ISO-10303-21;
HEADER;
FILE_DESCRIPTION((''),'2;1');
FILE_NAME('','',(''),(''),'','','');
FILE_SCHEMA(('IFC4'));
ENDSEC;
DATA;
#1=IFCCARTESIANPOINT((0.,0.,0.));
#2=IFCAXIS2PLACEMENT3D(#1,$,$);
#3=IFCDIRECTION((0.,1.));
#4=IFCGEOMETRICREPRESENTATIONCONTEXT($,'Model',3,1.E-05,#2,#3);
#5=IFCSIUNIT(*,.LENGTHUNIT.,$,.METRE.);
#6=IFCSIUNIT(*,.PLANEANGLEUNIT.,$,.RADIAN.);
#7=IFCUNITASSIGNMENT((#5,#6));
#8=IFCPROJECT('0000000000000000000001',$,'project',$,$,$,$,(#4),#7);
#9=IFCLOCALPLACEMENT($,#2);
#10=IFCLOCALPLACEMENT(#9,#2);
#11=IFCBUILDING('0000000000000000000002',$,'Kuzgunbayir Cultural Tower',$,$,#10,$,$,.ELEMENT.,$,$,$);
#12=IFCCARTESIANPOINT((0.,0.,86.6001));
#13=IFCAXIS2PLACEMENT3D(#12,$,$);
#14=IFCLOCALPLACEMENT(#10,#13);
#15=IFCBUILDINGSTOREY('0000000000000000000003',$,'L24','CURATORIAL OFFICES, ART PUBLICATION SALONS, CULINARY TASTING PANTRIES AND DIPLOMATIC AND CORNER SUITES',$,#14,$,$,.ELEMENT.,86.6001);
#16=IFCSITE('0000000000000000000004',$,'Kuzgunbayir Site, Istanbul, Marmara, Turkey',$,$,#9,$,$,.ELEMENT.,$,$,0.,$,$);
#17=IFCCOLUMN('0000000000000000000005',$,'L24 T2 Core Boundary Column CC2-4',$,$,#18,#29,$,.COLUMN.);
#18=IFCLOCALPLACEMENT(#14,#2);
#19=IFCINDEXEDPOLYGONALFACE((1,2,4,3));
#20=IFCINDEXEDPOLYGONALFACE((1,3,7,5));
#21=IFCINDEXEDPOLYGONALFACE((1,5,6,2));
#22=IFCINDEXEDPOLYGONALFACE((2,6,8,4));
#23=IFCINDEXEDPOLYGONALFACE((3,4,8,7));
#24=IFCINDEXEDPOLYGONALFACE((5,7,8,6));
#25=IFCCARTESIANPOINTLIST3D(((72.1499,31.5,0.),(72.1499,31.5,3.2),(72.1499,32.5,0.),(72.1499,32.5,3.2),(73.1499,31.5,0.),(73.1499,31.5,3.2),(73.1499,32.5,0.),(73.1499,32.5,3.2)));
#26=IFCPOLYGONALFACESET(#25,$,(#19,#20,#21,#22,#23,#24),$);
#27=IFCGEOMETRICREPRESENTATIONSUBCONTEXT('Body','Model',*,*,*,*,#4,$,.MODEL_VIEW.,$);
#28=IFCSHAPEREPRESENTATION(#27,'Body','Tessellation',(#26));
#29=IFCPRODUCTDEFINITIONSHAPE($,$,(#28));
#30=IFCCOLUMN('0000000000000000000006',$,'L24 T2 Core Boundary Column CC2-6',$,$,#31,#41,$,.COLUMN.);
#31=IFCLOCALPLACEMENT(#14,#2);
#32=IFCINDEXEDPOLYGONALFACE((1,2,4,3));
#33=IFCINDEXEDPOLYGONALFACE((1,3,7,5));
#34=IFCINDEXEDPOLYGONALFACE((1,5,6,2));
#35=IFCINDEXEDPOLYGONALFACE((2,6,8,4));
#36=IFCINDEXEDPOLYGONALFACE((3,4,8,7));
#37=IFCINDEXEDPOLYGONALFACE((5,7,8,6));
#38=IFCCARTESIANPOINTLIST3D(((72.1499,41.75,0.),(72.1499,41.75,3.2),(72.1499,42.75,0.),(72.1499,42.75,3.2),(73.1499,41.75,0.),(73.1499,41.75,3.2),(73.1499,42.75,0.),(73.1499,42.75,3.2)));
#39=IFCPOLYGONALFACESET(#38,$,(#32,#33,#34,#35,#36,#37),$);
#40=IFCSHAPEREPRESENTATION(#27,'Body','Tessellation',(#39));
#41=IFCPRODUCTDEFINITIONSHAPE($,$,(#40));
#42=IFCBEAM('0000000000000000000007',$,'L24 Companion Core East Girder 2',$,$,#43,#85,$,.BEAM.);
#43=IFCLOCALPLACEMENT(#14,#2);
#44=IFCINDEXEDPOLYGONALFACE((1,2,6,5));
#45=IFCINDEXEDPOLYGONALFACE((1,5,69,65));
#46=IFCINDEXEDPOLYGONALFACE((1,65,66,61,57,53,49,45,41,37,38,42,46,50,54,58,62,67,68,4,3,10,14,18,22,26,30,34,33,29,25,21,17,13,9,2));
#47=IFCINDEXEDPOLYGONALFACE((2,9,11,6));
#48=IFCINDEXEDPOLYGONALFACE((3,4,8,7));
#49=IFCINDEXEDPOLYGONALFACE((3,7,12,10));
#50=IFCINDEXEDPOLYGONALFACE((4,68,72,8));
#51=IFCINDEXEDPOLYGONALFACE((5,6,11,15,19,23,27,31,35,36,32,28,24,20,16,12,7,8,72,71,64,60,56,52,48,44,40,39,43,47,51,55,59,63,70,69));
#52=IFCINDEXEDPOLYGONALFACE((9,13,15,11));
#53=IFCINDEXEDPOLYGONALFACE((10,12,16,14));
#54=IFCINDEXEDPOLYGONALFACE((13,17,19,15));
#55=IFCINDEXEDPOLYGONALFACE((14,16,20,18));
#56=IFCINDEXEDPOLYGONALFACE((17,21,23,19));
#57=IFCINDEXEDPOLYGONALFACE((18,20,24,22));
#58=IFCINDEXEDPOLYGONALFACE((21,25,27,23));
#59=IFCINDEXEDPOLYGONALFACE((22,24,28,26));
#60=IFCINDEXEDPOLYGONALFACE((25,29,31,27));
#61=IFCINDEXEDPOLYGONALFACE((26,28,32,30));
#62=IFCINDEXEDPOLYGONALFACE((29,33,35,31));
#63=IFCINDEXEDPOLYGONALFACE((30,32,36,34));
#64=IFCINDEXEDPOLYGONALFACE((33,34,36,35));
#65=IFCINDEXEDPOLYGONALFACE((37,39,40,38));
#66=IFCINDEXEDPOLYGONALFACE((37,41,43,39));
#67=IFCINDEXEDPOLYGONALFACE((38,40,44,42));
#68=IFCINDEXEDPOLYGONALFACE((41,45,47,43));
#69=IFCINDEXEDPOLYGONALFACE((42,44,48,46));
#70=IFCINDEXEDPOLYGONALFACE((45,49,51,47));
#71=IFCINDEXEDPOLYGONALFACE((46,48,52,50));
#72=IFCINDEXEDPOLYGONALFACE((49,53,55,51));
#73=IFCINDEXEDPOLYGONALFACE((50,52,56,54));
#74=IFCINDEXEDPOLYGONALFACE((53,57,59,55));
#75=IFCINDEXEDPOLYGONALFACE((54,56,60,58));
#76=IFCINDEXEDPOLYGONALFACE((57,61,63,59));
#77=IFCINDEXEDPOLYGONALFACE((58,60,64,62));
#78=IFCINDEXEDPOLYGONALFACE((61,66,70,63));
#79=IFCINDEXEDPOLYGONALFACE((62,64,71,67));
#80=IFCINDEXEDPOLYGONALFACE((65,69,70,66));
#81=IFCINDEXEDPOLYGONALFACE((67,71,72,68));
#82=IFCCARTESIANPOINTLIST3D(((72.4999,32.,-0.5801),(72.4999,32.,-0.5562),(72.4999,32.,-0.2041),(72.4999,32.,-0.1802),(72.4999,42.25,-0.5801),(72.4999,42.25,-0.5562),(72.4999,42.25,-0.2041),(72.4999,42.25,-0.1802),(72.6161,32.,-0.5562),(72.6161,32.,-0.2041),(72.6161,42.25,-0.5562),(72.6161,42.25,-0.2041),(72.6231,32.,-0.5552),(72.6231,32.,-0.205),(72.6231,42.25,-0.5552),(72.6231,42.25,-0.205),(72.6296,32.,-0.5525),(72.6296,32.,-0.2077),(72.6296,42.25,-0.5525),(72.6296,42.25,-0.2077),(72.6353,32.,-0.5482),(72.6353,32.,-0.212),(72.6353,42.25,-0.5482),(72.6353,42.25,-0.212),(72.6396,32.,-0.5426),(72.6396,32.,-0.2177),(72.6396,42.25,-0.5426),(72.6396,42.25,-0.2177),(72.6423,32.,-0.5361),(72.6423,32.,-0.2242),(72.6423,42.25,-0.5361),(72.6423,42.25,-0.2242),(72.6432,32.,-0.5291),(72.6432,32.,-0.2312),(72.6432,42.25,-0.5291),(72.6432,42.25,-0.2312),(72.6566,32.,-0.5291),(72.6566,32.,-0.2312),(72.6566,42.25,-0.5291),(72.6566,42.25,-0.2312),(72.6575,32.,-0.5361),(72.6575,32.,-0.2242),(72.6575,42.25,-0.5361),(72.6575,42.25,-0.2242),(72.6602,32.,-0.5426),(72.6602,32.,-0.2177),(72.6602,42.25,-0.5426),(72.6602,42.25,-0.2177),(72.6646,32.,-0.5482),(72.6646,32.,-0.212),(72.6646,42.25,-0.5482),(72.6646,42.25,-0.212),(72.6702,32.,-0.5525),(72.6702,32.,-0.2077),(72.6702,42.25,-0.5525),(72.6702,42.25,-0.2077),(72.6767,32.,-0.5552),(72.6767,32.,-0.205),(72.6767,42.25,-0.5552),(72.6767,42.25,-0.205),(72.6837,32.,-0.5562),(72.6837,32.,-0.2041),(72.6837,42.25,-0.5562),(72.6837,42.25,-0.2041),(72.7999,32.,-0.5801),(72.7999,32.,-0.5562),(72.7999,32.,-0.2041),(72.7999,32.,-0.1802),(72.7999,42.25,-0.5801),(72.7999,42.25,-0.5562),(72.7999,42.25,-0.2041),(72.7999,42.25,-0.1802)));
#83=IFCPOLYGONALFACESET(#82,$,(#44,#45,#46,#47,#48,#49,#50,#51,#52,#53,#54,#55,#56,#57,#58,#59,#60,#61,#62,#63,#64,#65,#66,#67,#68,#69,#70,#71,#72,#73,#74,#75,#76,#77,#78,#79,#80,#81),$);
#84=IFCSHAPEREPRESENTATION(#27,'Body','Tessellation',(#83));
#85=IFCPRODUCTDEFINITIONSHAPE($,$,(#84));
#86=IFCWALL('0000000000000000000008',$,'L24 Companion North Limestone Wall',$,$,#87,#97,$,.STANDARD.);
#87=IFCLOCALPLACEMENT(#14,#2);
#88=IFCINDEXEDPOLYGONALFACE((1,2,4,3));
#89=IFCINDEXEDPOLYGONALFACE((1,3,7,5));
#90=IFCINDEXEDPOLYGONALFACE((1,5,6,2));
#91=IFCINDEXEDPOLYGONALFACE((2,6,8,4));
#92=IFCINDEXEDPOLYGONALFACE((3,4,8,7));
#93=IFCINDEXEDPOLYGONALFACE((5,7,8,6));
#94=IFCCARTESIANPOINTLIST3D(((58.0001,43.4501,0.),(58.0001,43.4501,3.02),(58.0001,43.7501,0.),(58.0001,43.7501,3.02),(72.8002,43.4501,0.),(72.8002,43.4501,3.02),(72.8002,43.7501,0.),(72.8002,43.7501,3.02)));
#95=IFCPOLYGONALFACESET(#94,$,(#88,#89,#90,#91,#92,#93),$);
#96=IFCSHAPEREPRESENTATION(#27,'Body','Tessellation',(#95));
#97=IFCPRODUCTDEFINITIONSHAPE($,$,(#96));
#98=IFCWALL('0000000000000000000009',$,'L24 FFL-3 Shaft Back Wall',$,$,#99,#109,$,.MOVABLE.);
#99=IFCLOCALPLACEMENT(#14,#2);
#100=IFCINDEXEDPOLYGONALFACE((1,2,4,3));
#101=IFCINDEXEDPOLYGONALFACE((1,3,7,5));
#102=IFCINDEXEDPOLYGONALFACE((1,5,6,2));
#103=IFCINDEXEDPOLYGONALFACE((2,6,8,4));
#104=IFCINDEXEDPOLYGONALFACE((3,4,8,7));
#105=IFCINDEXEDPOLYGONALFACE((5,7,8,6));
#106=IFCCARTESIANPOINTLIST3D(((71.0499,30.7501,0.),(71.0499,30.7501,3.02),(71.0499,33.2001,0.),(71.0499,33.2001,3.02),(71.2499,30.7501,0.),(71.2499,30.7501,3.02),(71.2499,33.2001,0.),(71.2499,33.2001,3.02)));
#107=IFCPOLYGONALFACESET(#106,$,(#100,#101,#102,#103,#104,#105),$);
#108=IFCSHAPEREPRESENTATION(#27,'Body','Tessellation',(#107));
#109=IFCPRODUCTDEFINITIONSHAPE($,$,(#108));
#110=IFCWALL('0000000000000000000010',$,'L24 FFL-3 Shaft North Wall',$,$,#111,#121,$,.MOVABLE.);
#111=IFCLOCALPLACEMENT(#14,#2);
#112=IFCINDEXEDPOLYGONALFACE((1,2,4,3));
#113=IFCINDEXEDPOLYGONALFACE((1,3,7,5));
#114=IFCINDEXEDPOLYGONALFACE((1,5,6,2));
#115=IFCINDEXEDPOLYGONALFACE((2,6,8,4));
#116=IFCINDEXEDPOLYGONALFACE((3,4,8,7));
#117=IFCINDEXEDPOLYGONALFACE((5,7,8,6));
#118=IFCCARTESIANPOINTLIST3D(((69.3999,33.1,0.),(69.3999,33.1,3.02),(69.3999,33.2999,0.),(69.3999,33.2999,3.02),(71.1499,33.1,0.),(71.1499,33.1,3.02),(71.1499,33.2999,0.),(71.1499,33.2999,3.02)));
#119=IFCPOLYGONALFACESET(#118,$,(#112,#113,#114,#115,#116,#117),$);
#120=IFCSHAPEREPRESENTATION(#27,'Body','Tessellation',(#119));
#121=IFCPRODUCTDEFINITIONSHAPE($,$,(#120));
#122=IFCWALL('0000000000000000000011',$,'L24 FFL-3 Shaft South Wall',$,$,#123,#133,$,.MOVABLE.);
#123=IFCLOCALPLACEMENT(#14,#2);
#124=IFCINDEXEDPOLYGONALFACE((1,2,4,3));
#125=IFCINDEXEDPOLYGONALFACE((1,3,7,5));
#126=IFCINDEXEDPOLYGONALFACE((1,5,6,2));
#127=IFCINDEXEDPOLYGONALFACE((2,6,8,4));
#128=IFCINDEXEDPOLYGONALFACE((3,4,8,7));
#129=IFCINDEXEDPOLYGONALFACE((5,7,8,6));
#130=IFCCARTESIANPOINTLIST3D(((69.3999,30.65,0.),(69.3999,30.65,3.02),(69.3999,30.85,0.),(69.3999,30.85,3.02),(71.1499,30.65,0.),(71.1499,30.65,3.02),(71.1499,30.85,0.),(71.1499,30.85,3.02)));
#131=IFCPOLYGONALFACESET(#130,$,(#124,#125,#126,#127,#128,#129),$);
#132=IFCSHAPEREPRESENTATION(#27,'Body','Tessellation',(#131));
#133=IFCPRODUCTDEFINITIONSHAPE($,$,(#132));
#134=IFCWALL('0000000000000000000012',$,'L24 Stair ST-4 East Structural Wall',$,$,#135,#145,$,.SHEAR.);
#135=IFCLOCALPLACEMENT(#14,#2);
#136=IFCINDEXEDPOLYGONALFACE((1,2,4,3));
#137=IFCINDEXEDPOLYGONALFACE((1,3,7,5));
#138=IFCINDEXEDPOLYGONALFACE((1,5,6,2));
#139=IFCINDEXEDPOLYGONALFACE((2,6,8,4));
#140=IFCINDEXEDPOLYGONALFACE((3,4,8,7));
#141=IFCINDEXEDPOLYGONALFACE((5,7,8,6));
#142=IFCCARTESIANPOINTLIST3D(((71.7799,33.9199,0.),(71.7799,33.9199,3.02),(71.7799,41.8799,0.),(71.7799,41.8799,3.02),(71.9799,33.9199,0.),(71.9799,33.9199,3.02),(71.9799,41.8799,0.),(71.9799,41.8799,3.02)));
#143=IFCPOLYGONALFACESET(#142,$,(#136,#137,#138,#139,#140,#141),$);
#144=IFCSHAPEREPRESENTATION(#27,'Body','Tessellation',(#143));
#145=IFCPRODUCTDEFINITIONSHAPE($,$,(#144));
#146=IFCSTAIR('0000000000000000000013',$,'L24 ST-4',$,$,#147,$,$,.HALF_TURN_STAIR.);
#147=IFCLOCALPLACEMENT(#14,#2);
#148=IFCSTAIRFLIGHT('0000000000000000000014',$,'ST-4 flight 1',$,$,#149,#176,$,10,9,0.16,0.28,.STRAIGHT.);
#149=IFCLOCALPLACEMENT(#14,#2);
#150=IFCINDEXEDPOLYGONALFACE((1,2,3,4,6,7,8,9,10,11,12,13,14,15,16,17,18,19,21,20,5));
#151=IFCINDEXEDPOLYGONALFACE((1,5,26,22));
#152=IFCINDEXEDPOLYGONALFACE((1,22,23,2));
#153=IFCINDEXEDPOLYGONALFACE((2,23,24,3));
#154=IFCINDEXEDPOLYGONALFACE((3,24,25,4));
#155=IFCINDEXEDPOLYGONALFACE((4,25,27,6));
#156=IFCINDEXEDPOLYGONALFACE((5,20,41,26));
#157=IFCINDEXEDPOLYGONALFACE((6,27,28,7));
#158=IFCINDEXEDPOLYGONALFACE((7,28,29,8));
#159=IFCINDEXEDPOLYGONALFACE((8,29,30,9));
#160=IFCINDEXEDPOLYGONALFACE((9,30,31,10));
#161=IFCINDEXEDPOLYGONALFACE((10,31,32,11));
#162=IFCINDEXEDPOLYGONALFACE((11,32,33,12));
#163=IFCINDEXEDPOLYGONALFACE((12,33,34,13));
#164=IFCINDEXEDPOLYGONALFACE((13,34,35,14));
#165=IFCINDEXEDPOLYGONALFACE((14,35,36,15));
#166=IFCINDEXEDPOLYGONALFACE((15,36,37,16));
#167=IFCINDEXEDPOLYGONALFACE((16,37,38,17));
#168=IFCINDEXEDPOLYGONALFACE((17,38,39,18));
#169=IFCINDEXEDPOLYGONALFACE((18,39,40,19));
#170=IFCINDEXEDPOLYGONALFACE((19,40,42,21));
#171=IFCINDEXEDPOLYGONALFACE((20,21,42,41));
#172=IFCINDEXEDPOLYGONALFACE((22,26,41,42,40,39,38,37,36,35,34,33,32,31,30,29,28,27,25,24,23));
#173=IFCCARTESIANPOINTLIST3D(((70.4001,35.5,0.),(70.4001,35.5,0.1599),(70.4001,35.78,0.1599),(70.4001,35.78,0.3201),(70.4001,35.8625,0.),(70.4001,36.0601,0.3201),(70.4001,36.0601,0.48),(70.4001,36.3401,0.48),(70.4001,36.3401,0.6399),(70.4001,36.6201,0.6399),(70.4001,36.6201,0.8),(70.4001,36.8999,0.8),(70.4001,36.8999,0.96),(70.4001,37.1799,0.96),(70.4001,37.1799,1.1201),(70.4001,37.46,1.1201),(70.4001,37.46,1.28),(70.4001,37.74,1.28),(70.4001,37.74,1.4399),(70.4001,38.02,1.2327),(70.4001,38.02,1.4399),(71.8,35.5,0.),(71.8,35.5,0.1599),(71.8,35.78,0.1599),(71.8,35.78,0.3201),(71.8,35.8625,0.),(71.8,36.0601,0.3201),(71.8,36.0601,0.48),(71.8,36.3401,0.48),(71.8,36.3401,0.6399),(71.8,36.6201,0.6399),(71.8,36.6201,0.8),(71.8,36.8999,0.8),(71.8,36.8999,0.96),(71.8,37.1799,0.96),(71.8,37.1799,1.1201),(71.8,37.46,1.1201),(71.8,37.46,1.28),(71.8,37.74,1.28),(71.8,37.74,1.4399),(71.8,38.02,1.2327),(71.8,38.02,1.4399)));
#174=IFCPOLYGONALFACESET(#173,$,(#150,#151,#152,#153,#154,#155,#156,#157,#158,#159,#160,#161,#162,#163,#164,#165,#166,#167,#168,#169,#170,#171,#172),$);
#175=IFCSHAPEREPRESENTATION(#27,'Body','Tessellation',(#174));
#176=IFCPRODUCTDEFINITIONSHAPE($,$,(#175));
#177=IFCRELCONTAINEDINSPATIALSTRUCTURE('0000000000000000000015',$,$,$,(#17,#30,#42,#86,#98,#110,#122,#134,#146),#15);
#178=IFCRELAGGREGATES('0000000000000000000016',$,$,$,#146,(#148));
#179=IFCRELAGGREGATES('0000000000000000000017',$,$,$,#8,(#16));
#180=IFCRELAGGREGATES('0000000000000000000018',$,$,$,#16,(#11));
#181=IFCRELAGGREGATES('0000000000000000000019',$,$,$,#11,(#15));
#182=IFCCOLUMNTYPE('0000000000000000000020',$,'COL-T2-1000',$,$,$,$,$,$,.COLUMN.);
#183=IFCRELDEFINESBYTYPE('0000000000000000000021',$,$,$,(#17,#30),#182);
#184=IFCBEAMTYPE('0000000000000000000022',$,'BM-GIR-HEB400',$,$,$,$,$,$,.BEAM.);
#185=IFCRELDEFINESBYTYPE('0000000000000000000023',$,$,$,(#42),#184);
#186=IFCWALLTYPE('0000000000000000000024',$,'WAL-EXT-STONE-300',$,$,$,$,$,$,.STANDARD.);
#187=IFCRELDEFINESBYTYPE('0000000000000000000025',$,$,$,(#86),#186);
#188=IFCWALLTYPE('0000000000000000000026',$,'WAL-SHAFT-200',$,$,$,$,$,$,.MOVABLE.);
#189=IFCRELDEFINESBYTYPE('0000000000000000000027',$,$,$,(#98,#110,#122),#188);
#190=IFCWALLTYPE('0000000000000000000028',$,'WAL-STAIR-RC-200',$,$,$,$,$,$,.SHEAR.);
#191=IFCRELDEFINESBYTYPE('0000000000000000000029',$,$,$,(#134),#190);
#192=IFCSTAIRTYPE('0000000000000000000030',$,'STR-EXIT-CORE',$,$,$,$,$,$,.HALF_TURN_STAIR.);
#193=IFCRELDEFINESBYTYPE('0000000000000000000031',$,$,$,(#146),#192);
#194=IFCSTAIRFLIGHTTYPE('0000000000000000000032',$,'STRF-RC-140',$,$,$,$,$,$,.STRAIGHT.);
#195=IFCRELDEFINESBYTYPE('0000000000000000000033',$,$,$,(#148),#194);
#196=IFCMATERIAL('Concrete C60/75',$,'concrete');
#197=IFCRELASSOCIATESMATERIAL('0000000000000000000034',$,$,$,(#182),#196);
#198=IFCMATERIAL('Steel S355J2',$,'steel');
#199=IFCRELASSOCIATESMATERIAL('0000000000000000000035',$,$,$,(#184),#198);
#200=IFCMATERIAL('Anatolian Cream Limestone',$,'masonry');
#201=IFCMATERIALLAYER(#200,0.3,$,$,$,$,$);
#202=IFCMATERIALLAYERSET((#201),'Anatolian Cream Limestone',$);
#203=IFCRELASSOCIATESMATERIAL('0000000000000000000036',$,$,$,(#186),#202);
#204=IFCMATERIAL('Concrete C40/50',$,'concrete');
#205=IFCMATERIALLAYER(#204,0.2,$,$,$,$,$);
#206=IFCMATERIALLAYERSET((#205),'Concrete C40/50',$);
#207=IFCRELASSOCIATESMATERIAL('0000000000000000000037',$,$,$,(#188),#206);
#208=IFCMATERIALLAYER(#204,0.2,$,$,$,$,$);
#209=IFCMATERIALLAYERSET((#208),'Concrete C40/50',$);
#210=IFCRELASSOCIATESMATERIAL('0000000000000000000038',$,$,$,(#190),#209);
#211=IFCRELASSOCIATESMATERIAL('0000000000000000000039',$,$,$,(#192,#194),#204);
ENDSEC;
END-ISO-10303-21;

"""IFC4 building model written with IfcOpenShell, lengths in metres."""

from ifc_helpers import new_model, si_unit, direction, frame, frame_2d, origin, origin_2d, place, context, subcontext, project, spatial, polyline, rectangle, i_section, outline, extrude, material, layer, layer_set, material_profile, profile_set, type_object, element, aggregate, save


model = new_model("IFC4")

# Units and contexts
model_context = context("Model", 3, precision=1e-05, world=origin(), true_north=direction((0.0, 1.0)))
body_context = subcontext(model_context, "Body", "Model", "MODEL_VIEW")
ifc_project = project(units=[si_unit("LENGTHUNIT", "METRE"), si_unit("PLANEANGLEUNIT", "RADIAN")], contexts=[model_context])

# Site, building, storey
site_placement = place(None, origin())
site = spatial("IfcSite", under=ifc_project, at=site_placement, Name="Kuzgunbayir Site, Istanbul, Marmara, Turkey", CompositionType="ELEMENT", RefElevation=0.0)
building_placement = place(site_placement, origin())
building = spatial("IfcBuilding", under=site, at=building_placement, Name="Kuzgunbayir Cultural Tower", CompositionType="ELEMENT")
storey_placement = place(building_placement, frame((0.0, 0.0, 86.6001)))
storey = spatial("IfcBuildingStorey", under=building, at=storey_placement, Name="L24", Description="CURATORIAL OFFICES, ART PUBLICATION SALONS, CULINARY TASTING PANTRIES AND DIPLOMATIC AND CORNER SUITES", CompositionType="ELEMENT", Elevation=86.6001)

# Columns
ifc_material_1 = material(Name="Concrete C60/75", Category="concrete")
ifc_material_profile_1 = material_profile(ifc_material_1, rectangle(XDim=1.0, YDim=1.0, at=origin_2d()), Name="RC 1000x1000")
ifc_profile_set_1 = profile_set([ifc_material_profile_1], Name="Concrete C60/75")
column_type = type_object("IfcColumnType", Name="COL-T2-1000", PredefinedType="COLUMN", material=ifc_profile_set_1)
for number, where, z_axis, x_axis, name in (
    (1, (72.6499, 32.0, 0.0), (0.0, 0.0, 1.0), (1.0, 0.0, 0.0), "L24 T2 Core Boundary Column CC2-4"),
    (2, (72.6499, 42.25, 0.0), (0.0, 0.0, 1.0), (1.0, 0.0, 0.0), "L24 T2 Core Boundary Column CC2-6"),
):
    element("IfcColumn", number, at=place(storey_placement, frame(where, z_axis=z_axis, x_axis=x_axis)), inside=storey, type_object=column_type, Name=name, PredefinedType="COLUMN", context=body_context, shape_type="SweptSolid", body=[
        extrude(rectangle(XDim=1.0, YDim=1.0, at=origin_2d()), origin(), (0.0, 0.0, 1.0), 3.2),
    ])

# Beam
ifc_material_2 = material(Name="Steel S355J2", Category="steel")
ifc_material_profile_2 = material_profile(ifc_material_2, i_section(OverallWidth=0.3, OverallDepth=0.3999, WebThickness=0.0134, FlangeThickness=0.0239, FilletRadius=0.0271, at=origin_2d()), Name="HEB 400")
ifc_profile_set_2 = profile_set([ifc_material_profile_2], Name="Steel S355J2")
beam_type = type_object("IfcBeamType", Name="BM-GIR-HEB400", PredefinedType="BEAM", material=ifc_profile_set_2)
beam_placement = place(storey_placement, frame((72.6499, 32.0, -0.3801), z_axis=(0.0, 1.0, 0.0), x_axis=(-1.0, 0.0, 0.0)))
element("IfcBeam", 3, at=beam_placement, inside=storey, type_object=beam_type, Name="L24 Companion Core East Girder 2", PredefinedType="BEAM", context=body_context, shape_type="SweptSolid", body=[
    extrude(i_section(OverallWidth=0.3, OverallDepth=0.3999, WebThickness=0.0134, FlangeThickness=0.0239, FilletRadius=0.0271, at=origin_2d()), origin(), (0.0, 0.0, 1.0), 10.25),
])

# Wall
ifc_material_3 = material(Name="Anatolian Cream Limestone", Category="masonry")
ifc_layer_1 = layer(ifc_material_3, 0.3)
ifc_layer_set_1 = layer_set([ifc_layer_1], Name="Anatolian Cream Limestone")
wall_type_1 = type_object("IfcWallType", Name="WAL-EXT-STONE-300", PredefinedType="STANDARD", material=ifc_layer_set_1)
wall_1_placement = place(storey_placement, frame((72.8, 43.6001, 0.0), z_axis=(0.0, 0.0, 1.0), x_axis=(-1.0, 0.0, 0.0)))
element("IfcWall", 4, at=wall_1_placement, inside=storey, type_object=wall_type_1, Name="L24 Companion North Limestone Wall", PredefinedType="STANDARD", context=body_context, shape_type="SweptSolid", body=[
    extrude(rectangle(XDim=14.8, YDim=0.3, at=frame_2d((7.3999, 0.0))), origin(), (0.0, 0.0, 1.0), 3.02),
])

# Shared definitions
ifc_material_4 = material(Name="Concrete C40/50", Category="concrete")
ifc_layer_2 = layer(ifc_material_4, 0.2)
ifc_layer_set_2 = layer_set([ifc_layer_2], Name="Concrete C40/50")
wall_type_2 = type_object("IfcWallType", Name="WAL-SHAFT-200", PredefinedType="MOVABLE", material=ifc_layer_set_2)

# Walls
wall_2_placement = place(storey_placement, frame((71.1499, 30.75, 0.0), z_axis=(0.0, 0.0, 1.0), x_axis=(0.0, 1.0, 0.0)))
element("IfcWall", 5, at=wall_2_placement, inside=storey, type_object=wall_type_2, Name="L24 FFL-3 Shaft Back Wall", PredefinedType="MOVABLE", context=body_context, shape_type="SweptSolid", body=[
    extrude(rectangle(XDim=2.45, YDim=0.2, at=frame_2d((1.2251, 0.0))), origin(), (0.0, 0.0, 1.0), 3.02),
])
for number, where, z_axis, x_axis, name in (
    (6, (69.3999, 33.2, 0.0), (0.0, 0.0, 1.0), (1.0, 0.0, 0.0), "L24 FFL-3 Shaft North Wall"),
    (7, (69.3999, 30.75, 0.0), (0.0, 0.0, 1.0), (1.0, 0.0, 0.0), "L24 FFL-3 Shaft South Wall"),
):
    element("IfcWall", number, at=place(storey_placement, frame(where, z_axis=z_axis, x_axis=x_axis)), inside=storey, type_object=wall_type_2, Name=name, PredefinedType="MOVABLE", context=body_context, shape_type="SweptSolid", body=[
        extrude(rectangle(XDim=1.75, YDim=0.2, at=frame_2d((0.875, 0.0))), origin(), (0.0, 0.0, 1.0), 3.02),
    ])
ifc_layer_3 = layer(ifc_material_4, 0.2)
ifc_layer_set_3 = layer_set([ifc_layer_3], Name="Concrete C40/50")
wall_type_3 = type_object("IfcWallType", Name="WAL-STAIR-RC-200", PredefinedType="SHEAR", material=ifc_layer_set_3)
wall_3_placement = place(storey_placement, frame((71.8799, 33.9199, 0.0), z_axis=(0.0, 0.0, 1.0), x_axis=(0.0, 1.0, 0.0)))
element("IfcWall", 8, at=wall_3_placement, inside=storey, type_object=wall_type_3, Name="L24 Stair ST-4 East Structural Wall", PredefinedType="SHEAR", context=body_context, shape_type="SweptSolid", body=[
    extrude(rectangle(XDim=7.96, YDim=0.2, at=frame_2d((3.98, 0.0))), origin(), (0.0, 0.0, 1.0), 3.02),
])

# Stair, stair flight
stair_type = type_object("IfcStairType", Name="STR-EXIT-CORE", PredefinedType="HALF_TURN_STAIR", material=ifc_material_4)
stair_placement = place(storey_placement, origin())
stair = element("IfcStair", 9, at=stair_placement, inside=storey, type_object=stair_type, Name="L24 ST-4", PredefinedType="HALF_TURN_STAIR")
stair_flight_type = type_object("IfcStairFlightType", Name="STRF-RC-140", PredefinedType="STRAIGHT", material=ifc_material_4)
stair_flight_1_placement = place(storey_placement, frame((71.1001, 35.5, 0.0), z_axis=(0.0, 0.0, 1.0), x_axis=(0.0, 1.0, 0.0)))
stair_flight_1 = element("IfcStairFlight", 10, at=stair_flight_1_placement, type_object=stair_flight_type, Name="ST-4 flight 1", NumberOfRisers=10, NumberOfTreads=9, PredefinedType="STRAIGHT", RiserHeight=0.16, TreadLength=0.28, context=body_context, shape_type="SweptSolid", body=[
    extrude(outline(polyline([(0.0, 0.0), (0.0, 0.1599), (0.28, 0.1599), (0.28, 0.3201), (0.5601, 0.3201), (0.5601, 0.48), (0.8401, 0.48), (0.8401, 0.6399), (1.1201, 0.6399), (1.1201, 0.8), (1.3999, 0.8), (1.3999, 0.96), (1.6799, 0.96), (1.6799, 1.1201), (1.96, 1.1201), (1.96, 1.28), (2.24, 1.28), (2.24, 1.4399), (2.52, 1.4399), (2.52, 1.6001), (2.52, 1.2327), (0.3625, 0.0), (0.0, 0.0)])), frame((0.0, 0.7, 0.0), z_axis=(0.0, -1.0, 0.0), x_axis=(1.0, 0.0, 0.0)), (0.0, 0.0, 1.0), 1.3999),
])
aggregate(stair, [stair_flight_1])

save(model, "model.ifc")
